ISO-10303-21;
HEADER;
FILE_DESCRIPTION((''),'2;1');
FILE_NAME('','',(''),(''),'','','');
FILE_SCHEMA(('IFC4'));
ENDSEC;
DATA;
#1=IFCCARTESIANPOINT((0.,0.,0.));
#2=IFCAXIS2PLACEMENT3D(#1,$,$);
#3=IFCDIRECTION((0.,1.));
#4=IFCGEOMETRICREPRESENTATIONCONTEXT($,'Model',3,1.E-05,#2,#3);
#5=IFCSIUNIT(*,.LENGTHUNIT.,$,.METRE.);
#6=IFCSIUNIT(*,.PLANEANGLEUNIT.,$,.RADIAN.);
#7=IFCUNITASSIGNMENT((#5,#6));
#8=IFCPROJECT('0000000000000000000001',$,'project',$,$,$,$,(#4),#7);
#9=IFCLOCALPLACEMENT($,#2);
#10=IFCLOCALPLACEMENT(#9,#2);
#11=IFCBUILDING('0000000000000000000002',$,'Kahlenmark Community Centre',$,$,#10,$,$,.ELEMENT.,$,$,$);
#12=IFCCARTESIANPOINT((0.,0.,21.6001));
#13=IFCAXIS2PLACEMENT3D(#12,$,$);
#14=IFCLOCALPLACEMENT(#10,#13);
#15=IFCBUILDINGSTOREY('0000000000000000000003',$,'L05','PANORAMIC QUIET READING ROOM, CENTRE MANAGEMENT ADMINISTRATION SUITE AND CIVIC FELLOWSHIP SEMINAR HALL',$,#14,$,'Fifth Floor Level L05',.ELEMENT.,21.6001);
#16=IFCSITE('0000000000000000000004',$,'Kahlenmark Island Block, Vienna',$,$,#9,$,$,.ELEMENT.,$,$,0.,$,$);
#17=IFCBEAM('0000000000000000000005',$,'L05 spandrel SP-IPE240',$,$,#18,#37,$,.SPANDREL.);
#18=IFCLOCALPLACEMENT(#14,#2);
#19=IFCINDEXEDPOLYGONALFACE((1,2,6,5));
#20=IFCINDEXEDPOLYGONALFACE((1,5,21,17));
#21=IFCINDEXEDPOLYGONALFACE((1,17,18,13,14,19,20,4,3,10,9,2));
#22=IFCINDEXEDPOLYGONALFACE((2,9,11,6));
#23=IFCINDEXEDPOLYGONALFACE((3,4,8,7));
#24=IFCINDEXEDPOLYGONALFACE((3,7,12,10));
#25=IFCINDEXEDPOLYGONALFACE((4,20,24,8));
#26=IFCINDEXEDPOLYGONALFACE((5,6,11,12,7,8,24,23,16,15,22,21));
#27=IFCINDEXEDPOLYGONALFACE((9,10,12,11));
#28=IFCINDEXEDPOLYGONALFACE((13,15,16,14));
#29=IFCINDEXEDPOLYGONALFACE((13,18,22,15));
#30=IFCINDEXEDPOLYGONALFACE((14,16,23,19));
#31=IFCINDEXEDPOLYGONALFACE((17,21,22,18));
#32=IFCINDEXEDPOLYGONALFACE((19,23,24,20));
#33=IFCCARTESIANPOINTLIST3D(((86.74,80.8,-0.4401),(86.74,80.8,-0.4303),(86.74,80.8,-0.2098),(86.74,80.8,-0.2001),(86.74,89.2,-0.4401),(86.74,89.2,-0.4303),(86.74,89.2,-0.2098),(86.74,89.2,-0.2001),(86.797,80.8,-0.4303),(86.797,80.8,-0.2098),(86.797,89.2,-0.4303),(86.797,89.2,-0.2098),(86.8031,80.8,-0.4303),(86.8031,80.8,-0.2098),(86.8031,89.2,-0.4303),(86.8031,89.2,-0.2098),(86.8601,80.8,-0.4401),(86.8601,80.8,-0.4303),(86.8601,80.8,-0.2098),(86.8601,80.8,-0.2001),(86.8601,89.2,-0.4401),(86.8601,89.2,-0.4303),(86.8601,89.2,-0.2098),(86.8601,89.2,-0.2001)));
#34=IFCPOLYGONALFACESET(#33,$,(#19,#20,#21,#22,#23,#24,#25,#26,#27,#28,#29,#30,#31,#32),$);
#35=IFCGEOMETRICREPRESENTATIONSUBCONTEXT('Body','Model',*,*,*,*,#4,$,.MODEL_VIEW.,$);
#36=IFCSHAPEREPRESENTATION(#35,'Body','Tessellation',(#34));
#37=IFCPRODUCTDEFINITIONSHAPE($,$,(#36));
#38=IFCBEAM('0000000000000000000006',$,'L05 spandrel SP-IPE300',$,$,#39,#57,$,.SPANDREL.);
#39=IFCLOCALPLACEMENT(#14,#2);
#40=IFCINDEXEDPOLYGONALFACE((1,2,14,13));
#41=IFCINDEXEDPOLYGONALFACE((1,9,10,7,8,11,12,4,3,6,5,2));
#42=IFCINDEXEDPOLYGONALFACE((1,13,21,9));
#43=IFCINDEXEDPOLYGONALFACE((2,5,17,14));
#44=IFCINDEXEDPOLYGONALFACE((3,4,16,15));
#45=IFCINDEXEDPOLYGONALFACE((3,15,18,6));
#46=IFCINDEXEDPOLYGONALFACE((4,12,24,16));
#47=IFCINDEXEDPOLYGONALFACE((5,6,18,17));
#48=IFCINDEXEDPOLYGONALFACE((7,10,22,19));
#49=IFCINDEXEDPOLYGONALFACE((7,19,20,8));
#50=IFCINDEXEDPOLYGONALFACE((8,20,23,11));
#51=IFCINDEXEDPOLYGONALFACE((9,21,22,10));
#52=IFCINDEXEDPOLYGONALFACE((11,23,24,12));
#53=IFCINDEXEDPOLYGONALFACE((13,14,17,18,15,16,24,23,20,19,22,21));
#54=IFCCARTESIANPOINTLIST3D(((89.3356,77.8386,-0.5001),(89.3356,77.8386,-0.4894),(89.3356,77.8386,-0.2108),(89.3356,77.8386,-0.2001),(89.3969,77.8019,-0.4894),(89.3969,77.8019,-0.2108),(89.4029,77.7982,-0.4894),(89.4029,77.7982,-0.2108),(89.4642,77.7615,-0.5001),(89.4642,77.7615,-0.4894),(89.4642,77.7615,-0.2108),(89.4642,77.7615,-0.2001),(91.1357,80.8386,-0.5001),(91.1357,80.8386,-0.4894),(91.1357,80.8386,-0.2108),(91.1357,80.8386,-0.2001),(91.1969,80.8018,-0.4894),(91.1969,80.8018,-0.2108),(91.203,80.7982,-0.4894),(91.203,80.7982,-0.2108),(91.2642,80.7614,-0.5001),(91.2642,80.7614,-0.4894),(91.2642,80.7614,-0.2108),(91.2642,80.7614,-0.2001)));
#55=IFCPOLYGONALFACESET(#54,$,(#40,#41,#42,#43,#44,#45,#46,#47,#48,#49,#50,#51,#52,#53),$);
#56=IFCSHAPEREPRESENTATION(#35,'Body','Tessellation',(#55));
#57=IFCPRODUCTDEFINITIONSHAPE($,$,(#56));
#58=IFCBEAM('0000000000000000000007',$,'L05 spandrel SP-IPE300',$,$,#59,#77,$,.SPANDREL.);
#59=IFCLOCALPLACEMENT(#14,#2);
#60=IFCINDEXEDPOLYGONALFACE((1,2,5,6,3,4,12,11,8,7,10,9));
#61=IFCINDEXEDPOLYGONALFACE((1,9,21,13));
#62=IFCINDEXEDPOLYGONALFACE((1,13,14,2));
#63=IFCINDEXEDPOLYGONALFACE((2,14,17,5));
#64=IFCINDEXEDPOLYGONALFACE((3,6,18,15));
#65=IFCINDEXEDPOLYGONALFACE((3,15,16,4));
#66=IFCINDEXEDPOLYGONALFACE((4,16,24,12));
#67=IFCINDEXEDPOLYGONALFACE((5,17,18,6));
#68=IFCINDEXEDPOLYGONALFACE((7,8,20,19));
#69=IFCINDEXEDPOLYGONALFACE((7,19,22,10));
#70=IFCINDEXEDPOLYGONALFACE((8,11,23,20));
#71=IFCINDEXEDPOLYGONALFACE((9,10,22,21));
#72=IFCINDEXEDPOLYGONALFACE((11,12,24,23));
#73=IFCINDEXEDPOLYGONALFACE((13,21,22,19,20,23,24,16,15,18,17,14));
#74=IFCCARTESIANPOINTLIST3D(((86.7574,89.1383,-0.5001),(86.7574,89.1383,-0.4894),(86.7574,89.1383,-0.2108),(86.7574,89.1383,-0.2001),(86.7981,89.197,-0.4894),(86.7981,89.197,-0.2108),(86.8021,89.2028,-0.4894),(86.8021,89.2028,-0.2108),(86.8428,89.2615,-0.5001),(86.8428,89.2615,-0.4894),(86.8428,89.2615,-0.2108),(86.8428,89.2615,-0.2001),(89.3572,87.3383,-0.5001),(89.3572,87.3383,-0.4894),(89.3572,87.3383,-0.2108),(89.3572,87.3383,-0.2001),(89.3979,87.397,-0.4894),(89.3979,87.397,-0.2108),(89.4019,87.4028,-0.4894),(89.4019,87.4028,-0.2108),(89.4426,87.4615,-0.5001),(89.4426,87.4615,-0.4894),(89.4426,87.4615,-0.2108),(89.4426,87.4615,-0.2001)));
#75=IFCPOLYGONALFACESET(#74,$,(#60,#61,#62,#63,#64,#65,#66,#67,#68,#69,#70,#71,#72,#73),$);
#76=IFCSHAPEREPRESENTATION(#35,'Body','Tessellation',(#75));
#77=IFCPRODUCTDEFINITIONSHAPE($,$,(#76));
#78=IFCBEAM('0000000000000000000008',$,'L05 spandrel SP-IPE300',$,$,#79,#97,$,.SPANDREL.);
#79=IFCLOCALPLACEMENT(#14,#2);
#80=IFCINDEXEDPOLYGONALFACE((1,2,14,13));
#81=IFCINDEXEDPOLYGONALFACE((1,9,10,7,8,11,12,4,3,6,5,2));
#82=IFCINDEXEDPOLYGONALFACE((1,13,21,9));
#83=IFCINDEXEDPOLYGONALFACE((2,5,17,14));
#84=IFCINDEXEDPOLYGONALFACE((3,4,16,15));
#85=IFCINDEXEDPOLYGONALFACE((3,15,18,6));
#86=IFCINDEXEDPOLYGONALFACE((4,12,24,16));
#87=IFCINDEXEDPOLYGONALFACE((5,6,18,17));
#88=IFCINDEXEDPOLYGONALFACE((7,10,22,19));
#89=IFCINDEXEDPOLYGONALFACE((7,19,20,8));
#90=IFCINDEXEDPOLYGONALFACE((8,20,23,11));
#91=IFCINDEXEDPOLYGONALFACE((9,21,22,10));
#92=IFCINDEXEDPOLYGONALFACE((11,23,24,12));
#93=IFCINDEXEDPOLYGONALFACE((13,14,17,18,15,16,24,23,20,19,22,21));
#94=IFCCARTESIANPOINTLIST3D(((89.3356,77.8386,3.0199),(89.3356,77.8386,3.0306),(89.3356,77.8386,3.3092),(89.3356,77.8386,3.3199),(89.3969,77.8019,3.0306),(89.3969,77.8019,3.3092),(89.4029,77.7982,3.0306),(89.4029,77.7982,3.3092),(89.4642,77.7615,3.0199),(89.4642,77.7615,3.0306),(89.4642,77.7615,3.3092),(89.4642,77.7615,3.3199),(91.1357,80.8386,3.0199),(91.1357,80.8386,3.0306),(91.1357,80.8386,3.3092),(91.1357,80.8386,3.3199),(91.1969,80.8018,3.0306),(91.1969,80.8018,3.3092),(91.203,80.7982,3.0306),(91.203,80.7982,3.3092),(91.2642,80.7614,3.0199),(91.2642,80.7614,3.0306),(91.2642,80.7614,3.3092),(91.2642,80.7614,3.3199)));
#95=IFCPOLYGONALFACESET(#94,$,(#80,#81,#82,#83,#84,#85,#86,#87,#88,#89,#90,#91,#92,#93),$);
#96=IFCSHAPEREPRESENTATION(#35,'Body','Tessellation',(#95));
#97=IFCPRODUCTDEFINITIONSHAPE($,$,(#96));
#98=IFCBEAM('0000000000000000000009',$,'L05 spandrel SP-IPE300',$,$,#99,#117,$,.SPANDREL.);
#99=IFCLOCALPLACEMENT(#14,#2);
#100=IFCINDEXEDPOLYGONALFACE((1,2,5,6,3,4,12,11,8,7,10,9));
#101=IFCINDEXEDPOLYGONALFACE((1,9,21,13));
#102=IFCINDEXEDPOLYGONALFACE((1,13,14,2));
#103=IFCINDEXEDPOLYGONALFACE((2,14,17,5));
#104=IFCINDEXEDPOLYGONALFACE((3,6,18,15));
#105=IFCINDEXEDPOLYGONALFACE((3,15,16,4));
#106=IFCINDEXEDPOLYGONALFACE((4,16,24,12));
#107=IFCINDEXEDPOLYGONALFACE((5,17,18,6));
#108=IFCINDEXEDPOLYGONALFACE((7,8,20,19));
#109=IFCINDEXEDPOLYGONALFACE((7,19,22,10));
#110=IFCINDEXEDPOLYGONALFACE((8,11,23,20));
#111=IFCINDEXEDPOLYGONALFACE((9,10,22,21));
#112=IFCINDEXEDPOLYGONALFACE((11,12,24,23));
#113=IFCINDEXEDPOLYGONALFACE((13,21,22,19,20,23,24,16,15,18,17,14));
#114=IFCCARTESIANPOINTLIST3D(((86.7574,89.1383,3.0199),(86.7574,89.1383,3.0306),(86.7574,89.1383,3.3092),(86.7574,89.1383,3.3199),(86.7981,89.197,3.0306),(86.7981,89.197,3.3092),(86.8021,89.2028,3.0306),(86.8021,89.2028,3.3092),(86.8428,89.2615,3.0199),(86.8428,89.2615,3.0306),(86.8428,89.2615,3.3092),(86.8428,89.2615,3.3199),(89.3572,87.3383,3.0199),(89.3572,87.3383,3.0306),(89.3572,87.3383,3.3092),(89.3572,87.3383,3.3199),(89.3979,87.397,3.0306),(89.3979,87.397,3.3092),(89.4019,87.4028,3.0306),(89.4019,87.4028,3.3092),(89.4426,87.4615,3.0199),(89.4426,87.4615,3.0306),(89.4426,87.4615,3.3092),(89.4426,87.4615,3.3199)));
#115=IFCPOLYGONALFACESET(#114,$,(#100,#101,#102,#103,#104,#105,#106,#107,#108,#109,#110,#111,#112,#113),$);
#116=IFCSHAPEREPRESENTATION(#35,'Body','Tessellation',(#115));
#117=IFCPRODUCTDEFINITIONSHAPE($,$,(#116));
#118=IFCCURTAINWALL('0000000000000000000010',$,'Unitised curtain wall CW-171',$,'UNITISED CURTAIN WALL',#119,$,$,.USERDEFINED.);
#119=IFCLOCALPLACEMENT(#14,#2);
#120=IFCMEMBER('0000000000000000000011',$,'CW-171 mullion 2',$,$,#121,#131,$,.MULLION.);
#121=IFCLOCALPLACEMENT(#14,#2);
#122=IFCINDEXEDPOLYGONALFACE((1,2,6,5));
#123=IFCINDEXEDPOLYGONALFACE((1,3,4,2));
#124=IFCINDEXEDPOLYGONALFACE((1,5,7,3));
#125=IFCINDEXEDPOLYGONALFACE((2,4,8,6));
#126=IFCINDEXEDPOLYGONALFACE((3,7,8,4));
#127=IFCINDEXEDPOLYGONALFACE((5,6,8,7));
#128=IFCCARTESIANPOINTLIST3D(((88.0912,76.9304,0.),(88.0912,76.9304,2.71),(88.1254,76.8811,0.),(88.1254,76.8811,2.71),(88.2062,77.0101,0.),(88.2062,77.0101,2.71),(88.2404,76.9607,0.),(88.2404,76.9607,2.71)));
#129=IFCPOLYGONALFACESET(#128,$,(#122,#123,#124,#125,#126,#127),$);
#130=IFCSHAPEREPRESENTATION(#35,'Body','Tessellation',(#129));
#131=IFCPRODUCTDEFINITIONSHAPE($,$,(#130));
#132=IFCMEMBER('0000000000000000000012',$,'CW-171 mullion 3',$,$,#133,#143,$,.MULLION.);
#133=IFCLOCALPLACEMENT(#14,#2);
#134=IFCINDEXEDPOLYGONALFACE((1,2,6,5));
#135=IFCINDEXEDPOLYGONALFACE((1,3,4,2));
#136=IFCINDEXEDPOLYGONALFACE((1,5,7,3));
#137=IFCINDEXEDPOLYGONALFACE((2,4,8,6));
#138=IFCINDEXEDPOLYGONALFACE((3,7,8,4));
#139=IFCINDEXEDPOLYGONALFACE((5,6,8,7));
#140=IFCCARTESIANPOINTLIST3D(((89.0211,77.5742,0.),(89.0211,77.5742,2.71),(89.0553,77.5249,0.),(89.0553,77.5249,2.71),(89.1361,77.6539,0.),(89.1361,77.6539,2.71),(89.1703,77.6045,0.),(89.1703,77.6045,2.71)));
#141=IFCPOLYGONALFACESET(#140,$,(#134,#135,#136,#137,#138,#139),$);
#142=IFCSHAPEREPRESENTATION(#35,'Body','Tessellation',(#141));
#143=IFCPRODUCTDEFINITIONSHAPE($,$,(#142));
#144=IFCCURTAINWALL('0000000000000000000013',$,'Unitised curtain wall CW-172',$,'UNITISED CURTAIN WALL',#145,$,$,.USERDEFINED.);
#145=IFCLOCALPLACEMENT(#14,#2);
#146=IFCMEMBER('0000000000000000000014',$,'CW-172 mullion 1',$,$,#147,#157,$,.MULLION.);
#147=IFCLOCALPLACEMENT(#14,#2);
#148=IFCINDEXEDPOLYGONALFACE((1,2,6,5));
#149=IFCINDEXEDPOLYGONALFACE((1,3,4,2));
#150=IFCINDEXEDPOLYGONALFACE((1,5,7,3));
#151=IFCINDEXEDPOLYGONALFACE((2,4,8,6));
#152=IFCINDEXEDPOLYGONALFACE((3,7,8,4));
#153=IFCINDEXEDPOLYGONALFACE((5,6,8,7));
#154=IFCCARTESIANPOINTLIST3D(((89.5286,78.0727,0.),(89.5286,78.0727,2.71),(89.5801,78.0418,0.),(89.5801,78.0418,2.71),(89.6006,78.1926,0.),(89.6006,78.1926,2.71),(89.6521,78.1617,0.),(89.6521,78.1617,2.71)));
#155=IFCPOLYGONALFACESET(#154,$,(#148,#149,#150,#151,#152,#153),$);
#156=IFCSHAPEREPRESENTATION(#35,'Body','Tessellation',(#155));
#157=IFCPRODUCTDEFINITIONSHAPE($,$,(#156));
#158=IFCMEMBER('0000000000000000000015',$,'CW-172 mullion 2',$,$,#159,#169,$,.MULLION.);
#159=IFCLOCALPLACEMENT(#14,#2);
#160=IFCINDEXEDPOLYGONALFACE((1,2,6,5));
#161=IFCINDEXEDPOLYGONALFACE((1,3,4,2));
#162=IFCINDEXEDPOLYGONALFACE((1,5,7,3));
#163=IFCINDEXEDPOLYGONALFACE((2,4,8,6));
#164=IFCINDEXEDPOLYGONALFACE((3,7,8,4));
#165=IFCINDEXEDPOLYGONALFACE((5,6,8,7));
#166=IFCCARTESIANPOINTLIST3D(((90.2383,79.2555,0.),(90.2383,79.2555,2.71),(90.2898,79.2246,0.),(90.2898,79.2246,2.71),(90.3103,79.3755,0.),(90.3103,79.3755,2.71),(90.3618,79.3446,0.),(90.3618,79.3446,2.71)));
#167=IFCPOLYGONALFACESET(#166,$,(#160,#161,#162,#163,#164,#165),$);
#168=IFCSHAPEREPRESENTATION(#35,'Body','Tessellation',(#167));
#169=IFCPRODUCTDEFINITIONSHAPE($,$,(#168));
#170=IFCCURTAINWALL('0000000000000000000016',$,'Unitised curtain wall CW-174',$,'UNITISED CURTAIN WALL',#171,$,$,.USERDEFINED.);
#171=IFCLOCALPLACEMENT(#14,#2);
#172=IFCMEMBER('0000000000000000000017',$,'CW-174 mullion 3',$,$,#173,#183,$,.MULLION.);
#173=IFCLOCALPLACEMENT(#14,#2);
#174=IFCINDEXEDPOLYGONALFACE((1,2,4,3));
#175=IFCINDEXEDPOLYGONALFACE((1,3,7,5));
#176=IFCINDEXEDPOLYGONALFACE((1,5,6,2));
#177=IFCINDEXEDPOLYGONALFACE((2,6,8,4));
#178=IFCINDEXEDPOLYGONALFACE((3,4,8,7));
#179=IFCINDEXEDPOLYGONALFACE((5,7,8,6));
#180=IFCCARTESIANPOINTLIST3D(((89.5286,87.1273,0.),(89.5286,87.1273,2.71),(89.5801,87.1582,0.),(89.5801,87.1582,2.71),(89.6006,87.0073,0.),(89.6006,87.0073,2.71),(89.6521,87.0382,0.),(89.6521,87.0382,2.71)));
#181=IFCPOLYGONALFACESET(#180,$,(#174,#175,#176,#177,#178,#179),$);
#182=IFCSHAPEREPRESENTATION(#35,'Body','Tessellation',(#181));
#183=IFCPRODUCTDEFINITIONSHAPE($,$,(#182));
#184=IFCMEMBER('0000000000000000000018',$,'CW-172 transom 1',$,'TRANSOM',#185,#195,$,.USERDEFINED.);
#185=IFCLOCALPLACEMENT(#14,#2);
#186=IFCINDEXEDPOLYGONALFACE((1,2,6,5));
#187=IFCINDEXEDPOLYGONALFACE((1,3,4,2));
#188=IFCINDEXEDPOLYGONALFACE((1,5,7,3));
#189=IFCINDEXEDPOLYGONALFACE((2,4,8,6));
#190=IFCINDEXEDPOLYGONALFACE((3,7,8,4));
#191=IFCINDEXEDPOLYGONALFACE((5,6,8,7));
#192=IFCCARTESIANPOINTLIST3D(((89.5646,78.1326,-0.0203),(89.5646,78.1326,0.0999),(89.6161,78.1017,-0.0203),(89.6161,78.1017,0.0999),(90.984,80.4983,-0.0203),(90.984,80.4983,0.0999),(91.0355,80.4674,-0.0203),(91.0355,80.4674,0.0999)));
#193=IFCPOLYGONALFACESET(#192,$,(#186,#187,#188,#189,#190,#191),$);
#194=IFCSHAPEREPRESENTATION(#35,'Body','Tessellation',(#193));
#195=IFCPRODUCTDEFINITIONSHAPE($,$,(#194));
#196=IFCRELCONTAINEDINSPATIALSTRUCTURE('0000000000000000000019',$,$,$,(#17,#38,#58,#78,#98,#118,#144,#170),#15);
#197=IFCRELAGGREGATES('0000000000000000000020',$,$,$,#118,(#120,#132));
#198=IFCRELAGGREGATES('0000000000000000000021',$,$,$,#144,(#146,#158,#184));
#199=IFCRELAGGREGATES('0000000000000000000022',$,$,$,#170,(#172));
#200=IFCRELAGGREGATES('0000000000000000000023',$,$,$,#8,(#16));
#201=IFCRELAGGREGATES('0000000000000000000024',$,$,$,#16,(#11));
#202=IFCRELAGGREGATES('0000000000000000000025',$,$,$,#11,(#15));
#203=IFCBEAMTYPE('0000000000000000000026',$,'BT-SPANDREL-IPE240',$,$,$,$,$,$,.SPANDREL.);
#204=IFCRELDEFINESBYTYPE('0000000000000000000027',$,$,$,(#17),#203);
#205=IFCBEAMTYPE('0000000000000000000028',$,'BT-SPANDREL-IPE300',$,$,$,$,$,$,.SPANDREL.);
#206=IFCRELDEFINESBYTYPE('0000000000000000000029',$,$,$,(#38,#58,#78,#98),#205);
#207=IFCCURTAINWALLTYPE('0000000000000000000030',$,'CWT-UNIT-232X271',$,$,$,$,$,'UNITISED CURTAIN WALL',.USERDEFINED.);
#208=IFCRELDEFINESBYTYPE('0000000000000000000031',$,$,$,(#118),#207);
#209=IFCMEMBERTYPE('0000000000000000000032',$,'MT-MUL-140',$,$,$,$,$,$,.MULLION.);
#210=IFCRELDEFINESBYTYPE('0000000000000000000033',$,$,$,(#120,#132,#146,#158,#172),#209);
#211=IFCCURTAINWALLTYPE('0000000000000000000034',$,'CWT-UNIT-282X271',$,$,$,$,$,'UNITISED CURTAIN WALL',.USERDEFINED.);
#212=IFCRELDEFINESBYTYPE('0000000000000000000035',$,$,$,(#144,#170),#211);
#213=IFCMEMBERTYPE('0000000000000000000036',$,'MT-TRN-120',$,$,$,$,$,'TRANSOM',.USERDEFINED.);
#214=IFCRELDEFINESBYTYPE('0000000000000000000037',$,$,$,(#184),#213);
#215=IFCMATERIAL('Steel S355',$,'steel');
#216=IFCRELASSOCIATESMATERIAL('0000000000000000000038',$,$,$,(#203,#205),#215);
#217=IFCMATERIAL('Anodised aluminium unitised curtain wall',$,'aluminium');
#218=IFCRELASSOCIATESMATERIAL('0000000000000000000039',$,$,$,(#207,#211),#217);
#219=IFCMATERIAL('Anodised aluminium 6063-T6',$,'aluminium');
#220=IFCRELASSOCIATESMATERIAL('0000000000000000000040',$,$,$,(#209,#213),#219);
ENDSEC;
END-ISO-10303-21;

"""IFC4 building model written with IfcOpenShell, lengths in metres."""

from ifc_helpers import new_model, si_unit, direction, frame, origin, origin_2d, place, context, subcontext, project, spatial, rectangle, i_section, extrude, material, material_profile, profile_set, type_object, element, aggregate, save


model = new_model("IFC4")

# Units and contexts
model_context = context("Model", 3, precision=1e-05, world=origin(), true_north=direction((0.0, 1.0)))
body_context = subcontext(model_context, "Body", "Model", "MODEL_VIEW")
ifc_project = project(units=[si_unit("LENGTHUNIT", "METRE"), si_unit("PLANEANGLEUNIT", "RADIAN")], contexts=[model_context])

# Site, building, storey
site_placement = place(None, origin())
site = spatial("IfcSite", under=ifc_project, at=site_placement, Name="Kahlenmark Island Block, Vienna", CompositionType="ELEMENT", RefElevation=0.0)
building_placement = place(site_placement, origin())
building = spatial("IfcBuilding", under=site, at=building_placement, Name="Kahlenmark Community Centre", CompositionType="ELEMENT")
storey_placement = place(building_placement, frame((0.0, 0.0, 21.6001)))
storey = spatial("IfcBuildingStorey", under=building, at=storey_placement, Name="L05", Description="PANORAMIC QUIET READING ROOM, CENTRE MANAGEMENT ADMINISTRATION SUITE AND CIVIC FELLOWSHIP SEMINAR HALL", LongName="Fifth Floor Level L05", CompositionType="ELEMENT", Elevation=21.6001)

# Shared definitions
ifc_material_1 = material(Name="Steel S355", Category="steel")

# Beams
ifc_material_profile_1 = material_profile(ifc_material_1, i_section(OverallWidth=0.1201, OverallDepth=0.24, WebThickness=0.0061, FlangeThickness=0.0098, at=origin_2d()), Name="IPE 240")
ifc_profile_set_1 = profile_set([ifc_material_profile_1], Name="Steel S355")
beam_type_1 = type_object("IfcBeamType", Name="BT-SPANDREL-IPE240", PredefinedType="SPANDREL", material=ifc_profile_set_1)
beam_1_placement = place(storey_placement, frame((86.8, 80.8, -0.3201), z_axis=(0.0, 1.0, 0.0), x_axis=(-1.0, 0.0, 0.0)))
element("IfcBeam", 1, at=beam_1_placement, inside=storey, type_object=beam_type_1, Name="L05 spandrel SP-IPE240", PredefinedType="SPANDREL", context=body_context, shape_type="SweptSolid", body=[
    extrude(i_section(OverallWidth=0.1201, OverallDepth=0.24, WebThickness=0.0061, FlangeThickness=0.0098, at=origin_2d()), origin(), (0.0, 0.0, 1.0), 8.3999),
])
ifc_material_profile_2 = material_profile(ifc_material_1, i_section(OverallWidth=0.1499, OverallDepth=0.3, WebThickness=0.0071, FlangeThickness=0.0107, at=origin_2d()), Name="IPE 300")
ifc_profile_set_2 = profile_set([ifc_material_profile_2], Name="Steel S355")
beam_type_2 = type_object("IfcBeamType", Name="BT-SPANDREL-IPE300", PredefinedType="SPANDREL", material=ifc_profile_set_2)
beam_2_placement = place(storey_placement, frame((89.3999, 77.8, -0.3501), z_axis=(0.514506, 0.857487, 0.0), x_axis=(-0.857487, 0.514506, 0.0)))
element("IfcBeam", 2, at=beam_2_placement, inside=storey, type_object=beam_type_2, Name="L05 spandrel SP-IPE300", PredefinedType="SPANDREL", context=body_context, shape_type="SweptSolid", body=[
    extrude(i_section(OverallWidth=0.1499, OverallDepth=0.3, WebThickness=0.0071, FlangeThickness=0.0107, at=origin_2d()), origin(), (0.0, 0.0, 1.0), 3.4985),
])
beam_3_placement = place(storey_placement, frame((89.3999, 87.3999, -0.3501), z_axis=(-0.82217, 0.569242, 0.0), x_axis=(-0.569242, -0.82217, 0.0)))
element("IfcBeam", 3, at=beam_3_placement, inside=storey, type_object=beam_type_2, Name="L05 spandrel SP-IPE300", PredefinedType="SPANDREL", context=body_context, shape_type="SweptSolid", body=[
    extrude(i_section(OverallWidth=0.1499, OverallDepth=0.3, WebThickness=0.0071, FlangeThickness=0.0107, at=origin_2d()), origin(), (0.0, 0.0, 1.0), 3.1621),
])
beam_4_placement = place(storey_placement, frame((89.3999, 77.8, 3.1699), z_axis=(0.514506, 0.857487, 0.0), x_axis=(-0.857487, 0.514506, 0.0)))
element("IfcBeam", 4, at=beam_4_placement, inside=storey, type_object=beam_type_2, Name="L05 spandrel SP-IPE300", PredefinedType="SPANDREL", context=body_context, shape_type="SweptSolid", body=[
    extrude(i_section(OverallWidth=0.1499, OverallDepth=0.3, WebThickness=0.0071, FlangeThickness=0.0107, at=origin_2d()), origin(), (0.0, 0.0, 1.0), 3.4985),
])
beam_5_placement = place(storey_placement, frame((89.3999, 87.3999, 3.1699), z_axis=(-0.82217, 0.569242, 0.0), x_axis=(-0.569242, -0.82217, 0.0)))
element("IfcBeam", 5, at=beam_5_placement, inside=storey, type_object=beam_type_2, Name="L05 spandrel SP-IPE300", PredefinedType="SPANDREL", context=body_context, shape_type="SweptSolid", body=[
    extrude(i_section(OverallWidth=0.1499, OverallDepth=0.3, WebThickness=0.0071, FlangeThickness=0.0107, at=origin_2d()), origin(), (0.0, 0.0, 1.0), 3.1621),
])

# Curtain walls, members
ifc_material_2 = material(Name="Anodised aluminium unitised curtain wall", Category="aluminium")
curtain_wall_type_1 = type_object("IfcCurtainWallType", Name="CWT-UNIT-232X271", ElementType="UNITISED CURTAIN WALL", PredefinedType="USERDEFINED", material=ifc_material_2)
curtain_wall_1_placement = place(storey_placement, origin())
curtain_wall_1 = element("IfcCurtainWall", 6, at=curtain_wall_1_placement, inside=storey, type_object=curtain_wall_type_1, Name="Unitised curtain wall CW-171", ObjectType="UNITISED CURTAIN WALL", PredefinedType="USERDEFINED")
ifc_material_3 = material(Name="Anodised aluminium 6063-T6", Category="aluminium")
ifc_material_profile_3 = material_profile(ifc_material_3, rectangle(XDim=0.0601, YDim=0.1399, at=origin_2d()), Name="ALU MULLION 60x140")
ifc_profile_set_3 = profile_set([ifc_material_profile_3], Name="Anodised aluminium 6063-T6")
member_type_1 = type_object("IfcMemberType", Name="MT-MUL-140", PredefinedType="MULLION", material=ifc_profile_set_3)
member_1_placement = place(storey_placement, frame((88.1658, 76.9456, 0.0), z_axis=(0.0, 0.0, 1.0), x_axis=(-0.569212, 0.822191, 0.0)))
member_1 = element("IfcMember", 7, at=member_1_placement, type_object=member_type_1, Name="CW-171 mullion 2", PredefinedType="MULLION", context=body_context, shape_type="SweptSolid", body=[
    extrude(rectangle(XDim=0.0601, YDim=0.1399, at=origin_2d()), origin(), (0.0, 0.0, 1.0), 2.71),
])
member_2_placement = place(storey_placement, frame((89.0957, 77.5894, 0.0), z_axis=(0.0, 0.0, 1.0), x_axis=(-0.569212, 0.822191, 0.0)))
member_2 = element("IfcMember", 8, at=member_2_placement, type_object=member_type_1, Name="CW-171 mullion 3", PredefinedType="MULLION", context=body_context, shape_type="SweptSolid", body=[
    extrude(rectangle(XDim=0.0601, YDim=0.1399, at=origin_2d()), origin(), (0.0, 0.0, 1.0), 2.71),
])
curtain_wall_type_2 = type_object("IfcCurtainWallType", Name="CWT-UNIT-282X271", ElementType="UNITISED CURTAIN WALL", PredefinedType="USERDEFINED", material=ifc_material_2)
curtain_wall_2_placement = place(storey_placement, origin())
curtain_wall_2 = element("IfcCurtainWall", 9, at=curtain_wall_2_placement, inside=storey, type_object=curtain_wall_type_2, Name="Unitised curtain wall CW-172", ObjectType="UNITISED CURTAIN WALL", PredefinedType="USERDEFINED")
member_3_placement = place(storey_placement, frame((89.5903, 78.1172, 0.0), z_axis=(0.0, 0.0, 1.0), x_axis=(-0.857493, 0.514496, 0.0)))
member_3 = element("IfcMember", 10, at=member_3_placement, type_object=member_type_1, Name="CW-172 mullion 1", PredefinedType="MULLION", context=body_context, shape_type="SweptSolid", body=[
    extrude(rectangle(XDim=0.0601, YDim=0.1399, at=origin_2d()), origin(), (0.0, 0.0, 1.0), 2.71),
])
member_4_placement = place(storey_placement, frame((90.3, 79.3, 0.0), z_axis=(0.0, 0.0, 1.0), x_axis=(-0.857493, 0.514496, 0.0)))
member_4 = element("IfcMember", 11, at=member_4_placement, type_object=member_type_1, Name="CW-172 mullion 2", PredefinedType="MULLION", context=body_context, shape_type="SweptSolid", body=[
    extrude(rectangle(XDim=0.0601, YDim=0.1399, at=origin_2d()), origin(), (0.0, 0.0, 1.0), 2.71),
])

# Curtain wall, member
curtain_wall_3_placement = place(storey_placement, origin())
curtain_wall_3 = element("IfcCurtainWall", 12, at=curtain_wall_3_placement, inside=storey, type_object=curtain_wall_type_2, Name="Unitised curtain wall CW-174", ObjectType="UNITISED CURTAIN WALL", PredefinedType="USERDEFINED")
member_5_placement = place(storey_placement, frame((89.5903, 87.0828, 0.0), z_axis=(0.0, 0.0, 1.0), x_axis=(-0.857493, -0.514496, 0.0)))
member_5 = element("IfcMember", 13, at=member_5_placement, type_object=member_type_1, Name="CW-174 mullion 3", PredefinedType="MULLION", context=body_context, shape_type="SweptSolid", body=[
    extrude(rectangle(XDim=0.0601, YDim=0.1399, at=origin_2d()), origin(), (0.0, 0.0, 1.0), 2.71),
])

# Member
ifc_material_profile_4 = material_profile(ifc_material_3, rectangle(XDim=0.0601, YDim=0.1201, at=origin_2d()), Name="ALU TRANSOM 60x120")
ifc_profile_set_4 = profile_set([ifc_material_profile_4], Name="Anodised aluminium 6063-T6")
member_type_2 = type_object("IfcMemberType", Name="MT-TRN-120", ElementType="TRANSOM", PredefinedType="USERDEFINED", material=ifc_profile_set_4)
member_6_placement = place(storey_placement, frame((89.5903, 78.1172, 0.0398), z_axis=(0.514496, 0.857493, 0.0), x_axis=(-0.857493, 0.514496, 0.0)))
member_6 = element("IfcMember", 14, at=member_6_placement, type_object=member_type_2, Name="CW-172 transom 1", ObjectType="TRANSOM", PredefinedType="USERDEFINED", context=body_context, shape_type="SweptSolid", body=[
    extrude(rectangle(XDim=0.0601, YDim=0.1201, at=origin_2d()), origin(), (0.0, 0.0, 1.0), 2.7588),
])

aggregate(curtain_wall_1, [member_1, member_2])
aggregate(curtain_wall_2, [member_3, member_4, member_6])
aggregate(curtain_wall_3, [member_5])

save(model, "model.ifc")
